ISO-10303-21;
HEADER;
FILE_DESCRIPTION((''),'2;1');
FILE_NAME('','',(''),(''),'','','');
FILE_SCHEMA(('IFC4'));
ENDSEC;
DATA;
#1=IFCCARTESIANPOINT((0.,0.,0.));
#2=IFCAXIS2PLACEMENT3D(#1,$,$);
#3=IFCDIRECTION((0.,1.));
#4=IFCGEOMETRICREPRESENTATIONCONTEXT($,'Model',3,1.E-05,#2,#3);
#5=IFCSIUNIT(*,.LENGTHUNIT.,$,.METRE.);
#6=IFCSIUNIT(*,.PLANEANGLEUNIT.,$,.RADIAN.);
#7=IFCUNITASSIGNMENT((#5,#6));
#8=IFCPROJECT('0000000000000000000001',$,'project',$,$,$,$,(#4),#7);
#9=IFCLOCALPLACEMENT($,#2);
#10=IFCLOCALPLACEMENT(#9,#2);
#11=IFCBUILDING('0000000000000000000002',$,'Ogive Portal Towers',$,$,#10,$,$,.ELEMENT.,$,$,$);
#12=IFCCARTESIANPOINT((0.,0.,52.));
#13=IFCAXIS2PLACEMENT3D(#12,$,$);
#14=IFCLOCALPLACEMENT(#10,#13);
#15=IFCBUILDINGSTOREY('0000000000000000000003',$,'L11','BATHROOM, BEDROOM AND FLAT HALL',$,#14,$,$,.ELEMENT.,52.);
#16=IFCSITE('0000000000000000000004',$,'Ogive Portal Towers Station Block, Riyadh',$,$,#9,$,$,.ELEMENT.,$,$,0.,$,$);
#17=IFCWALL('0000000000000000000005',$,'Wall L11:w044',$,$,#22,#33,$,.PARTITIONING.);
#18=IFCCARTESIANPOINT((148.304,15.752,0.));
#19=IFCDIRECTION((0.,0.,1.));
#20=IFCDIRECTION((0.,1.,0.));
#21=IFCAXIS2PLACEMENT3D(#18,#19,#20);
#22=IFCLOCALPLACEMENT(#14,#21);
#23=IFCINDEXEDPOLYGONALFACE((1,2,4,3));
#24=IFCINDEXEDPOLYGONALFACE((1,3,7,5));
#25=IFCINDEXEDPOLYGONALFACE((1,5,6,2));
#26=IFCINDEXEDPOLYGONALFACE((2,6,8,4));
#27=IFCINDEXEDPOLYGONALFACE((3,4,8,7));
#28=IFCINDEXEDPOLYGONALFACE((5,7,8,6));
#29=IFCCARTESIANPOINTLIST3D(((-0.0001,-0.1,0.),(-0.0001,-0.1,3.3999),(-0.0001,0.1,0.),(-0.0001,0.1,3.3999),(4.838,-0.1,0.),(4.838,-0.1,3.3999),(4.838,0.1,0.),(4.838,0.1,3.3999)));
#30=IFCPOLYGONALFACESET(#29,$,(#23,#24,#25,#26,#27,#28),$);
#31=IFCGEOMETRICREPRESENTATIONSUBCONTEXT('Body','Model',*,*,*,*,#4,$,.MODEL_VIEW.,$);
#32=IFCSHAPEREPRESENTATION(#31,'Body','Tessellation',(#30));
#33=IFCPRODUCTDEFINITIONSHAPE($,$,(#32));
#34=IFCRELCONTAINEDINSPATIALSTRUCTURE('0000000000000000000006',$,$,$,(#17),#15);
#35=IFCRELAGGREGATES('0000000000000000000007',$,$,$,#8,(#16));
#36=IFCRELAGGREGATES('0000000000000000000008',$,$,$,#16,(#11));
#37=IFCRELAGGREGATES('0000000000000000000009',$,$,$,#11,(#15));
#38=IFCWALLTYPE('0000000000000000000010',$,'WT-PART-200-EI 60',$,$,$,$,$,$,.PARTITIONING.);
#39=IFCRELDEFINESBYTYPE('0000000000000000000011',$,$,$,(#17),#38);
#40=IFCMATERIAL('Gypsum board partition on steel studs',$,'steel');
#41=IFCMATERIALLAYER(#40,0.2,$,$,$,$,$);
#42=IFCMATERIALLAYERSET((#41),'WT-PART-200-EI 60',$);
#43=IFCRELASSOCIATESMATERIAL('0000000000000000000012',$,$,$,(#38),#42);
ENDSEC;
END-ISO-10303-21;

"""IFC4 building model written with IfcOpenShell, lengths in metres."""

from ifc_helpers import new_model, si_unit, direction, frame, frame_2d, origin, place, context, subcontext, project, spatial, rectangle, extrude, material, layer, layer_set, type_object, element, save


model = new_model("IFC4")

# Units and contexts
model_context = context("Model", 3, precision=1e-05, world=origin(), true_north=direction((0.0, 1.0)))
body_context = subcontext(model_context, "Body", "Model", "MODEL_VIEW")
ifc_project = project(units=[si_unit("LENGTHUNIT", "METRE"), si_unit("PLANEANGLEUNIT", "RADIAN")], contexts=[model_context])

# Site, building, storey
site_placement = place(None, origin())
site = spatial("IfcSite", under=ifc_project, at=site_placement, Name="Ogive Portal Towers Station Block, Riyadh", CompositionType="ELEMENT", RefElevation=0.0)
building_placement = place(site_placement, origin())
building = spatial("IfcBuilding", under=site, at=building_placement, Name="Ogive Portal Towers", CompositionType="ELEMENT")
storey_placement = place(building_placement, frame((0.0, 0.0, 52.0)))
storey = spatial("IfcBuildingStorey", under=building, at=storey_placement, Name="L11", Description="BATHROOM, BEDROOM AND FLAT HALL", CompositionType="ELEMENT", Elevation=52.0)

# Shared definitions
ifc_material_1 = material(Name="Gypsum board partition on steel studs", Category="steel")
ifc_layer_1 = layer(ifc_material_1, 0.2)
ifc_layer_set_1 = layer_set([ifc_layer_1], Name="WT-PART-200-EI 60")
wall_type = type_object("IfcWallType", Name="WT-PART-200-EI 60", PredefinedType="PARTITIONING", material=ifc_layer_set_1)

# Wall
wall_1_placement = place(storey_placement, frame((148.304, 15.752, 0.0), z_axis=(0.0, 0.0, 1.0), x_axis=(0.0, 1.0, 0.0)))
element("IfcWall", 1, at=wall_1_placement, inside=storey, type_object=wall_type, Name="Wall L11:w044", PredefinedType="PARTITIONING", context=body_context, shape_type="SweptSolid", body=[
    extrude(rectangle(XDim=4.8381, YDim=0.2, at=frame_2d((2.4189, 0.0))), origin(), (0.0, 0.0, 1.0), 3.3999),
])

save(model, "model.ifc")
